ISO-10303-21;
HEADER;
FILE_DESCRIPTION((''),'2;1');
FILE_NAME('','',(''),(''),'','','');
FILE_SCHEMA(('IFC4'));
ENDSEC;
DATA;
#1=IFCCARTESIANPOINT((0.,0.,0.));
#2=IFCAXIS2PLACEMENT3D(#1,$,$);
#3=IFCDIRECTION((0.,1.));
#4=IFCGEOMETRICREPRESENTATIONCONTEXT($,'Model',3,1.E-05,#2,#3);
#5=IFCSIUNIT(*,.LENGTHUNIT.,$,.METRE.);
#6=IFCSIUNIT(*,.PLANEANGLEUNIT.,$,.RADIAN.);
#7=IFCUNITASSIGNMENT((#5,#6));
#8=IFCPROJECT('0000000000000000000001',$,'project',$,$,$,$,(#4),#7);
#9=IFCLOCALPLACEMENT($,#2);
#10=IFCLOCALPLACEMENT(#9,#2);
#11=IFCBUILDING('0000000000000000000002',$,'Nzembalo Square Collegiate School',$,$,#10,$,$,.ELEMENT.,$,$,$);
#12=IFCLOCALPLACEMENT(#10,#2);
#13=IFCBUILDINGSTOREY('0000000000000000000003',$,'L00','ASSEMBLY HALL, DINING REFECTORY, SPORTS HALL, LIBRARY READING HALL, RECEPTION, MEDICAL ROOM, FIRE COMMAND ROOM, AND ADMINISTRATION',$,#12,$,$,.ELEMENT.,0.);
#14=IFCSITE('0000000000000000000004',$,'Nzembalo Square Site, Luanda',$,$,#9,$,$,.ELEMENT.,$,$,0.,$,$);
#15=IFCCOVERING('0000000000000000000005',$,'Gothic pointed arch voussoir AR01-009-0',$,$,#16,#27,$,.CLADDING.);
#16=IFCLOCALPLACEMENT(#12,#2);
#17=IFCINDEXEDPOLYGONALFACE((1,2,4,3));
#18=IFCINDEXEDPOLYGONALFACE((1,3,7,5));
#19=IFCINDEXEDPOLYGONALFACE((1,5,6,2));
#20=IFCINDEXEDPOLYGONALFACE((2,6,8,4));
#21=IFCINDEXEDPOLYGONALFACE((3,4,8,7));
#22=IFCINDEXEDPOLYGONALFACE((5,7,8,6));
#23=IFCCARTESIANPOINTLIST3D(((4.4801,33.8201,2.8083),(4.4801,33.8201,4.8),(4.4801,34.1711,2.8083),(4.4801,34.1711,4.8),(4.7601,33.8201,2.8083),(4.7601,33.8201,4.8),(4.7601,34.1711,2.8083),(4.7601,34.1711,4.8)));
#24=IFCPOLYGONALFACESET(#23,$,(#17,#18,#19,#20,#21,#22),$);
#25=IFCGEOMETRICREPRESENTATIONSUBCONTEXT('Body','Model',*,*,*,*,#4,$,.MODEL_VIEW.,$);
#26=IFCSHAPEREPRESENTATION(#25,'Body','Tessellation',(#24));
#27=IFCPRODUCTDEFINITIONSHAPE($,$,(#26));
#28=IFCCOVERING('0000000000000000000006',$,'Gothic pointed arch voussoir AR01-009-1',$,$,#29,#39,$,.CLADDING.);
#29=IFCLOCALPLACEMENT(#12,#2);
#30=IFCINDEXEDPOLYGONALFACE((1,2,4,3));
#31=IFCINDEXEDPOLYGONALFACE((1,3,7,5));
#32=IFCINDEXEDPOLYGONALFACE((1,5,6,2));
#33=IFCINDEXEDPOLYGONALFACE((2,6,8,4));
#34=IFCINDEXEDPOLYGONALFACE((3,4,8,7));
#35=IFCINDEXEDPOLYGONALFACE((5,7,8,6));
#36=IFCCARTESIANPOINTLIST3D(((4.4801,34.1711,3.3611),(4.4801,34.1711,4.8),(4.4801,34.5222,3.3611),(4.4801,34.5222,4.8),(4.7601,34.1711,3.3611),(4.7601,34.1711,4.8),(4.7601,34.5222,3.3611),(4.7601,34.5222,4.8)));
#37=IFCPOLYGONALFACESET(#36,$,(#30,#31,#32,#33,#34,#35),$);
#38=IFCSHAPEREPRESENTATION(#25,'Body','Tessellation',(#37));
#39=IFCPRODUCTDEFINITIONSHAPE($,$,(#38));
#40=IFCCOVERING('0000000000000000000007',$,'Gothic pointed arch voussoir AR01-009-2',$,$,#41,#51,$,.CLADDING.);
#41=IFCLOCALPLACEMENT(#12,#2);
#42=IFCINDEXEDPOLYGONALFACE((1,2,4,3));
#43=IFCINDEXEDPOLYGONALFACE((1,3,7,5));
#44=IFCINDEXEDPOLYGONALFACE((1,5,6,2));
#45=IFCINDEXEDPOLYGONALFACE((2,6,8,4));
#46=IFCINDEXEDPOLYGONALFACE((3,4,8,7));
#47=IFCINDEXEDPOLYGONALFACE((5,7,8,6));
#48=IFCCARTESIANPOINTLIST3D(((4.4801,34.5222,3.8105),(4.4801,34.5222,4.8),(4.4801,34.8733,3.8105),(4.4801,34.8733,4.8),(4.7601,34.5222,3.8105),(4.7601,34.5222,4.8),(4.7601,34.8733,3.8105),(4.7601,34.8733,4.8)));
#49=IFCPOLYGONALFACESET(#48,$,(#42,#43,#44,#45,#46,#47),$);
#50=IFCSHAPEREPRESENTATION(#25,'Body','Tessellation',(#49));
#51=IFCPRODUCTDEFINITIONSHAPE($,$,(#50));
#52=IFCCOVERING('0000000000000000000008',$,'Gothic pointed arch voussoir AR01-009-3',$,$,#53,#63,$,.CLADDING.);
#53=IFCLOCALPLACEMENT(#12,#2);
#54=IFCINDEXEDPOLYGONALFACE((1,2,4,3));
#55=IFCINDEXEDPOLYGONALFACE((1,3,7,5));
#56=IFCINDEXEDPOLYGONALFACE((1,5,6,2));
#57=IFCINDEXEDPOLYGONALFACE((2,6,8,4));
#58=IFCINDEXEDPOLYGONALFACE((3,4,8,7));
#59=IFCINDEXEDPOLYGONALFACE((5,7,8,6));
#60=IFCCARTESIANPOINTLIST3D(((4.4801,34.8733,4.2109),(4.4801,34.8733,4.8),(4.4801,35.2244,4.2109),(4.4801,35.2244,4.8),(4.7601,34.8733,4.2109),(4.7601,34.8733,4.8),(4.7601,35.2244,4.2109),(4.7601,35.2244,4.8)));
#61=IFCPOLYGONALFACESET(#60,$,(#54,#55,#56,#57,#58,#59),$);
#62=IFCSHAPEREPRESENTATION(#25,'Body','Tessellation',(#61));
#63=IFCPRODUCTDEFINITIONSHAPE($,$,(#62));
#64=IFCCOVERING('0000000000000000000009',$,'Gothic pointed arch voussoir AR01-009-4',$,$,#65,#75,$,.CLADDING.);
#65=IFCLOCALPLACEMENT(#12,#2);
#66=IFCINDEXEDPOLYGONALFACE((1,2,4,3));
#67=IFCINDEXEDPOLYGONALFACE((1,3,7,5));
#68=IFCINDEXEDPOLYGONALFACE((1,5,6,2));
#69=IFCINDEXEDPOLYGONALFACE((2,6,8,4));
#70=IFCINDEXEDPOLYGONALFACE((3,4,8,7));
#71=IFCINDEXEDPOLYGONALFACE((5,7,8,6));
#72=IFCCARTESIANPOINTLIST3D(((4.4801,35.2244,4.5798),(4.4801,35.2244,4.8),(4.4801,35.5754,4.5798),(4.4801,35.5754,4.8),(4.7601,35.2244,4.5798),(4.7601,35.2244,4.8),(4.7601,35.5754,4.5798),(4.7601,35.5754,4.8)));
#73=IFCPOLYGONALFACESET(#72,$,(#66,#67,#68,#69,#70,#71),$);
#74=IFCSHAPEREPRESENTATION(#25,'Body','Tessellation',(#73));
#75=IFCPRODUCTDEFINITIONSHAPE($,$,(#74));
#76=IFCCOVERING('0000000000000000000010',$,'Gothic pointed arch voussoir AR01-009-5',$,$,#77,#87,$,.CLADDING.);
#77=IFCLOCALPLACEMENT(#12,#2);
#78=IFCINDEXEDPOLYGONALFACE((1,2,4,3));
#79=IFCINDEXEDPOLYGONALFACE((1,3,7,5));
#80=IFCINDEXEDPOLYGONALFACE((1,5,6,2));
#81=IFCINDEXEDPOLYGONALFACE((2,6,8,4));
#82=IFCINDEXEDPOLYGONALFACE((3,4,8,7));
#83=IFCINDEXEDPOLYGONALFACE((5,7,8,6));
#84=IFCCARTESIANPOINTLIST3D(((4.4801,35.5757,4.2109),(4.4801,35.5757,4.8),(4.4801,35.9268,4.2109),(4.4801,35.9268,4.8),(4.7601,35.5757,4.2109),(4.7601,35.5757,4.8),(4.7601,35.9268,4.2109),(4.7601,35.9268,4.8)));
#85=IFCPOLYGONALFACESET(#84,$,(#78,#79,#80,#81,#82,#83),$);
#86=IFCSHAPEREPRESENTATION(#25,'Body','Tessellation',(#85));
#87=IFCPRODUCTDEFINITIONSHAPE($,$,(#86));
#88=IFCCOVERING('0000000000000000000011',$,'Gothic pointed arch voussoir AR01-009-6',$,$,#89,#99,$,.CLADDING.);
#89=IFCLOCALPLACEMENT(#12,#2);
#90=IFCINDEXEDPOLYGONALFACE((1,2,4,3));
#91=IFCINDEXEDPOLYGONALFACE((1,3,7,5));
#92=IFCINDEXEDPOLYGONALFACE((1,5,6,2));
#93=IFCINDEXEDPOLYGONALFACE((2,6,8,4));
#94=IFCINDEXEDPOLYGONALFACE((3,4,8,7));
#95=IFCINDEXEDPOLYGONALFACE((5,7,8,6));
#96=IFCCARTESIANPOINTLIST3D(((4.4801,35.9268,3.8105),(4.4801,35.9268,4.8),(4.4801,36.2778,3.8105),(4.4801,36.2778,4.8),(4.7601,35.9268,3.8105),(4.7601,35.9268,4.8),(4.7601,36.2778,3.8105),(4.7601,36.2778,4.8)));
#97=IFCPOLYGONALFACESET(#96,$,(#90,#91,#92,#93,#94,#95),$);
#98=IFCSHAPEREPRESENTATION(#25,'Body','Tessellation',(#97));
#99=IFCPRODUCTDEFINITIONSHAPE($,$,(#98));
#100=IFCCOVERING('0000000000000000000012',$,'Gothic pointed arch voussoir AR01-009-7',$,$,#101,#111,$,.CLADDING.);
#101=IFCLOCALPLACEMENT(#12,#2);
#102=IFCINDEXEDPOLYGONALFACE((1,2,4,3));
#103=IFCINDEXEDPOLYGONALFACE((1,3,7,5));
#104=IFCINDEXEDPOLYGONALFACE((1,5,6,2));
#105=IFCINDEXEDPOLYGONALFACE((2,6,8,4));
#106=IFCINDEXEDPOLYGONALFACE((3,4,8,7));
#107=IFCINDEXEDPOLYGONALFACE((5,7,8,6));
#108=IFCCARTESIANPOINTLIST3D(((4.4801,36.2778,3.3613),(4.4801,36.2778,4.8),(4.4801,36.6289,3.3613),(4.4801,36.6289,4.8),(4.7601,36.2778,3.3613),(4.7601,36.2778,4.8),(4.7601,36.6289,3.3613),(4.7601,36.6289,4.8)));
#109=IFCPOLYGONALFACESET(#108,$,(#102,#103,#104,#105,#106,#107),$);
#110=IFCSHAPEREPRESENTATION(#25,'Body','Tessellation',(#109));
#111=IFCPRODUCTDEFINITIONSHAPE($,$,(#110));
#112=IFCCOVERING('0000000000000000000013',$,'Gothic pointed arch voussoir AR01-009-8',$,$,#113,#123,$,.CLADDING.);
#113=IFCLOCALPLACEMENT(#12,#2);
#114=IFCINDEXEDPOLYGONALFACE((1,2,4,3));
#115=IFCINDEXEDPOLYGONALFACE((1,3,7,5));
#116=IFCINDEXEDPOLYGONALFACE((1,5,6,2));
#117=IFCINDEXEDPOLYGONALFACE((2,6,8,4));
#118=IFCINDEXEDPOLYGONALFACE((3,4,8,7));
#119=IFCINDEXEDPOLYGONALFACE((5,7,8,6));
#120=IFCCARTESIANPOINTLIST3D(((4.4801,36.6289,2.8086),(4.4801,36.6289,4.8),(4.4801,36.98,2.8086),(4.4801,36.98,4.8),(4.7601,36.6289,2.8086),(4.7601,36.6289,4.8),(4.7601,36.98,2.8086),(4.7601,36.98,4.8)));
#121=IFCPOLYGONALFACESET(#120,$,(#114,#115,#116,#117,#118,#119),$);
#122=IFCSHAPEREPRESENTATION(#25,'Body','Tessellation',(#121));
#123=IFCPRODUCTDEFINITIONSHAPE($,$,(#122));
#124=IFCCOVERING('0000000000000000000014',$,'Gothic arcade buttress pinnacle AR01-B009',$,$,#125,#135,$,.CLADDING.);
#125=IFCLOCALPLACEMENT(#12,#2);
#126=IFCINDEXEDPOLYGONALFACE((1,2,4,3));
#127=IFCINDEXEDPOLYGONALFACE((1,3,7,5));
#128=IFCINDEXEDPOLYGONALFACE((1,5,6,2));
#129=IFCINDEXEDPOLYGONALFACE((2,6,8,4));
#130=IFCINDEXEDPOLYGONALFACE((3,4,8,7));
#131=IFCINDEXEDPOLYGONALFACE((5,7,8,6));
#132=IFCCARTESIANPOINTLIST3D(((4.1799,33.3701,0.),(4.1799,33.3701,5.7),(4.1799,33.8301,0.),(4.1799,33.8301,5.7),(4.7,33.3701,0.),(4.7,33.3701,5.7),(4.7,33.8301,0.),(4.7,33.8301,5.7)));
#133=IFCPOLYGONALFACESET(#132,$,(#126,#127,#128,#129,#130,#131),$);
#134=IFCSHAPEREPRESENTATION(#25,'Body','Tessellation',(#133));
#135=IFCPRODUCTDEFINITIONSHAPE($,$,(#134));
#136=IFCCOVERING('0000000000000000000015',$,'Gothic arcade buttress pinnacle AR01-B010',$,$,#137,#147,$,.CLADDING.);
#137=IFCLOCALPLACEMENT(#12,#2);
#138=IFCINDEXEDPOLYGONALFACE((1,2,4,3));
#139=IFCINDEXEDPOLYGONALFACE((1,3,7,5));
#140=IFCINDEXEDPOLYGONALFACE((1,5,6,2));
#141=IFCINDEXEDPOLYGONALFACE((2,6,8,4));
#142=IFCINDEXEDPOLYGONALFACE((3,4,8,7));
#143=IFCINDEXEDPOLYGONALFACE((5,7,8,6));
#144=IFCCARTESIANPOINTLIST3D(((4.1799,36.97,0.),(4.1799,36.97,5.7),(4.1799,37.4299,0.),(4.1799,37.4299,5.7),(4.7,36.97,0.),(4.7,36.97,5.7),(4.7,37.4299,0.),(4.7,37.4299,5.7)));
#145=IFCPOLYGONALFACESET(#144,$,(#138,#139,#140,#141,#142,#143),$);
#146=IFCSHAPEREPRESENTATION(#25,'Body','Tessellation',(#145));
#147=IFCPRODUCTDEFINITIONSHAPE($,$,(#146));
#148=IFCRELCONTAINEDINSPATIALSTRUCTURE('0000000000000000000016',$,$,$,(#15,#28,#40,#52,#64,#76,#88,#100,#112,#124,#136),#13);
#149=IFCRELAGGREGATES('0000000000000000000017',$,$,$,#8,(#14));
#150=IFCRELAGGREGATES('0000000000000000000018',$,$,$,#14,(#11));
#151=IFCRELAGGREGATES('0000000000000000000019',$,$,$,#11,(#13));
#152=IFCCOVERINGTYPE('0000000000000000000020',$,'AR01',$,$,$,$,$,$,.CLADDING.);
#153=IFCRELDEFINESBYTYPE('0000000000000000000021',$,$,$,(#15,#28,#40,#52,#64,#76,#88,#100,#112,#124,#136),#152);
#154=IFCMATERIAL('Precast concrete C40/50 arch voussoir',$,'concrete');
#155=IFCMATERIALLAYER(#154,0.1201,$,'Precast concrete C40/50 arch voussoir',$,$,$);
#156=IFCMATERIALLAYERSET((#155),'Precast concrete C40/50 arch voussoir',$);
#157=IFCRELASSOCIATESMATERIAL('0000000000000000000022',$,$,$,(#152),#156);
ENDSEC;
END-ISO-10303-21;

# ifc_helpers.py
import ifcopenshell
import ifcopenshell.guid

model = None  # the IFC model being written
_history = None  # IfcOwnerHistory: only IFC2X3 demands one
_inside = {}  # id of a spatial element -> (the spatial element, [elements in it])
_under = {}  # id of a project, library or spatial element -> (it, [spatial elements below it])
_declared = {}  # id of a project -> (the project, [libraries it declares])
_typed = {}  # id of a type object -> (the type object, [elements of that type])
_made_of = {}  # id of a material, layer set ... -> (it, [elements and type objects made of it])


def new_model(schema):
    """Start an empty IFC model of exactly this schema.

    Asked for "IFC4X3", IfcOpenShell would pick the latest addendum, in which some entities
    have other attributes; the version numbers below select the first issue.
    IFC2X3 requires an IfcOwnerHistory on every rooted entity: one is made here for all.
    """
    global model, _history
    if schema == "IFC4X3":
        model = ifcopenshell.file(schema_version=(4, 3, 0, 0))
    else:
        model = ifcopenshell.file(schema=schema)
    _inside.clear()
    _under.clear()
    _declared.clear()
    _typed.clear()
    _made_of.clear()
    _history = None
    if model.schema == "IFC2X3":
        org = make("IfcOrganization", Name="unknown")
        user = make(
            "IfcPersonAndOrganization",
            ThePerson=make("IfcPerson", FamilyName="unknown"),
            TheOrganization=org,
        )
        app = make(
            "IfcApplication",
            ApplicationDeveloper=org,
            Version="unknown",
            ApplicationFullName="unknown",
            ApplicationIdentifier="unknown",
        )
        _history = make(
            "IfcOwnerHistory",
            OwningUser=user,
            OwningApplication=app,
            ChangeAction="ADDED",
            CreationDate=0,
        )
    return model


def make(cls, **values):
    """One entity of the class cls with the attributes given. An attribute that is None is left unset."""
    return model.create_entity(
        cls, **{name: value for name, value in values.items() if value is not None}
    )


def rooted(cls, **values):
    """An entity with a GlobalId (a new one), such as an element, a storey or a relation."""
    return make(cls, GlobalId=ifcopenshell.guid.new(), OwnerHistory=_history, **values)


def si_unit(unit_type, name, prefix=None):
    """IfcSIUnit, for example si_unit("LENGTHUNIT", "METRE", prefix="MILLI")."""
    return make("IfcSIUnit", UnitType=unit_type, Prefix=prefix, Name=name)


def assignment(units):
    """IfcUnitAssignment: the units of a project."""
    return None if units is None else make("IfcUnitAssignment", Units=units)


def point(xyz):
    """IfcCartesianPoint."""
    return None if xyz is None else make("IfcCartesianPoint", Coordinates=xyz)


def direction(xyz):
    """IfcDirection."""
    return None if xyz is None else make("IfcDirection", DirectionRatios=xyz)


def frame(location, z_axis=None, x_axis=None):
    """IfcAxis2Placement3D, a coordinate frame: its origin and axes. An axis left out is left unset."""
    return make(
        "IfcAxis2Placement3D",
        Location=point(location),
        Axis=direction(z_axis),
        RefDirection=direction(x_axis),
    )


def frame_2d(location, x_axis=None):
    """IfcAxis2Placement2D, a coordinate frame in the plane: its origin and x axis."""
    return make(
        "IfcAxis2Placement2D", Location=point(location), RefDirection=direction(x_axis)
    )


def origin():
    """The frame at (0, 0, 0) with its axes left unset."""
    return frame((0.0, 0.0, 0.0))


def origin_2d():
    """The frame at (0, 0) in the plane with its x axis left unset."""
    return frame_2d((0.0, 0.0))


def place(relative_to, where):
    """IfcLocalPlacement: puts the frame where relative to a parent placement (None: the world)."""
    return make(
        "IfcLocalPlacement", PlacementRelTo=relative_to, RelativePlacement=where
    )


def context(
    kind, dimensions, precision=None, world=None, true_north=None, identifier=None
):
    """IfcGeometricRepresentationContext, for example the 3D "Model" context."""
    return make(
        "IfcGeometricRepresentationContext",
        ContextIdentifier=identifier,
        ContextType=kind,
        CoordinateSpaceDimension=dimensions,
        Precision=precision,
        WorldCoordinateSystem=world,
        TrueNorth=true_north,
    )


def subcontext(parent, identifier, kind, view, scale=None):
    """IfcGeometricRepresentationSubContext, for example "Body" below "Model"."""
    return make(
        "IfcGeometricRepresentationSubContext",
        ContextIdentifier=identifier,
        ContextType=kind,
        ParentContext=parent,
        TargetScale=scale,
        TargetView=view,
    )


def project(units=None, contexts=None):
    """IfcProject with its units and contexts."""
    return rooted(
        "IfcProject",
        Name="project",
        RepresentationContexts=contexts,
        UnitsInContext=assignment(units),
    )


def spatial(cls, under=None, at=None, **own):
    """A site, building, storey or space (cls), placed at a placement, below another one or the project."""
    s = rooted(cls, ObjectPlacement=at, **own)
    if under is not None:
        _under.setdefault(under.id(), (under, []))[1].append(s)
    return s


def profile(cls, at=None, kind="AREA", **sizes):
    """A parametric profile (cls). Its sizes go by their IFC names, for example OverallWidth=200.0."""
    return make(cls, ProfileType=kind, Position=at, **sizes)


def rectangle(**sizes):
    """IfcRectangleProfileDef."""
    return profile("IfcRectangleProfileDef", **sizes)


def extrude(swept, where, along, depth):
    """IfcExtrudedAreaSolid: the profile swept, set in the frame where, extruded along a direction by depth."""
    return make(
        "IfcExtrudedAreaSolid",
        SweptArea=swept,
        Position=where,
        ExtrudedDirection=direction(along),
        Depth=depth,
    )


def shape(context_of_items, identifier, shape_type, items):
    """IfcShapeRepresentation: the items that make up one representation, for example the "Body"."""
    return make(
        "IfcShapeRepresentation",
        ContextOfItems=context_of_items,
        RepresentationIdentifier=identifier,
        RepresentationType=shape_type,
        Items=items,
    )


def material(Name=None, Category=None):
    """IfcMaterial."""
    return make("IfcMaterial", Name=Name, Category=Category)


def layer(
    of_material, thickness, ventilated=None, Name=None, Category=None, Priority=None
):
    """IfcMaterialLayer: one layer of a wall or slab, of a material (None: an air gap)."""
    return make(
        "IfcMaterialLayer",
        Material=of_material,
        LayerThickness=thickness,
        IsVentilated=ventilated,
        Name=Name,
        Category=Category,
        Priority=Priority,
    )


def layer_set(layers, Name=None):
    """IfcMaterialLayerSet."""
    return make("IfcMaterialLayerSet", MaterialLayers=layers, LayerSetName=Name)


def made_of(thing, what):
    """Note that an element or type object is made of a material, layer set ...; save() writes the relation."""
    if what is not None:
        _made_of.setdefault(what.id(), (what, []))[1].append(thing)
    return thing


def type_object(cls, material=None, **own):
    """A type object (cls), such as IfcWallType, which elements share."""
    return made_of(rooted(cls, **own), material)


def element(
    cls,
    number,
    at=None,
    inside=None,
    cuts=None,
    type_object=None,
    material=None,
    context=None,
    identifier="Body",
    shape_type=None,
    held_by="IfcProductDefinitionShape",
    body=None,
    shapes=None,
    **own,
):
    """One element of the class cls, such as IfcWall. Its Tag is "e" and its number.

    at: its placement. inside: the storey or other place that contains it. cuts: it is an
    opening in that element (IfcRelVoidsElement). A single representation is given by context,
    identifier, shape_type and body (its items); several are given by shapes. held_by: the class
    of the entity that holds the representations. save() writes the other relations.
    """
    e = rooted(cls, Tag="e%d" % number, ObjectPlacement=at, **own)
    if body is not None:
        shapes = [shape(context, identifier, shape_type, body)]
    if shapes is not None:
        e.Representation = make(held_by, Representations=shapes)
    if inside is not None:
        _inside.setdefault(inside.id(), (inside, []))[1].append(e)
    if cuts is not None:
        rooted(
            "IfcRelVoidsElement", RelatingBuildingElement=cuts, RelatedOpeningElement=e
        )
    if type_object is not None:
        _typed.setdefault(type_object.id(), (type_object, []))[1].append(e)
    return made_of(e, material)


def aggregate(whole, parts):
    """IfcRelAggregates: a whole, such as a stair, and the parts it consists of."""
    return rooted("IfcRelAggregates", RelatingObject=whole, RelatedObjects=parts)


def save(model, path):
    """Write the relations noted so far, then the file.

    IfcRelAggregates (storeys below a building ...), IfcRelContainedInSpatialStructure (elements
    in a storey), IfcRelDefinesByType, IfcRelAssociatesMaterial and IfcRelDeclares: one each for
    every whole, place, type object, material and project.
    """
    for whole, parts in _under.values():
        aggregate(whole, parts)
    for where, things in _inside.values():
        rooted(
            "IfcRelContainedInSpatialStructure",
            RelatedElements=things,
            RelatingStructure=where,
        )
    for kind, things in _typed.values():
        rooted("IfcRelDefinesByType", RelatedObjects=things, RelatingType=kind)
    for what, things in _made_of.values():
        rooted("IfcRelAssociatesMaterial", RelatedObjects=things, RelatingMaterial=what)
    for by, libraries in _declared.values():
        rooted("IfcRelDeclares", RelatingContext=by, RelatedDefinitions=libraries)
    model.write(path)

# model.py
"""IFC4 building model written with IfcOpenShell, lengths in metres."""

from ifc_helpers import new_model, si_unit, direction, frame, origin, origin_2d, place, context, subcontext, project, spatial, rectangle, extrude, material, layer, layer_set, type_object, element, save


model = new_model("IFC4")

# Units and contexts
model_context = context("Model", 3, precision=1e-05, world=origin(), true_north=direction((0.0, 1.0)))
body_context = subcontext(model_context, "Body", "Model", "MODEL_VIEW")
ifc_project = project(units=[si_unit("LENGTHUNIT", "METRE"), si_unit("PLANEANGLEUNIT", "RADIAN")], contexts=[model_context])

# Site, building, storey
site_placement = place(None, origin())
site = spatial("IfcSite", under=ifc_project, at=site_placement, Name="Nzembalo Square Site, Luanda", CompositionType="ELEMENT", RefElevation=0.0)
building_placement = place(site_placement, origin())
building = spatial("IfcBuilding", under=site, at=building_placement, Name="Nzembalo Square Collegiate School", CompositionType="ELEMENT")
storey_placement = place(building_placement, origin())
storey = spatial("IfcBuildingStorey", under=building, at=storey_placement, Name="L00", Description="ASSEMBLY HALL, DINING REFECTORY, SPORTS HALL, LIBRARY READING HALL, RECEPTION, MEDICAL ROOM, FIRE COMMAND ROOM, AND ADMINISTRATION", CompositionType="ELEMENT", Elevation=0.0)

# Coverings
ifc_material_1 = material(Name="Precast concrete C40/50 arch voussoir", Category="concrete")
ifc_layer_1 = layer(ifc_material_1, 0.1201, Name="Precast concrete C40/50 arch voussoir")
ifc_layer_set_1 = layer_set([ifc_layer_1], Name="Precast concrete C40/50 arch voussoir")
covering_type = type_object("IfcCoveringType", Name="AR01", PredefinedType="CLADDING", material=ifc_layer_set_1)
covering_1_placement = place(storey_placement, frame((4.6201, 33.9956, 2.8083), z_axis=(0.0, 0.0, 1.0), x_axis=(1.0, 0.0, 0.0)))
element("IfcCovering", 1, at=covering_1_placement, inside=storey, type_object=covering_type, Name="Gothic pointed arch voussoir AR01-009-0", PredefinedType="CLADDING", context=body_context, shape_type="SweptSolid", body=[
    extrude(rectangle(XDim=0.28, YDim=0.3511, at=origin_2d()), origin(), (0.0, 0.0, 1.0), 1.9917),
])
covering_2_placement = place(storey_placement, frame((4.6201, 34.3467, 3.3611), z_axis=(0.0, 0.0, 1.0), x_axis=(1.0, 0.0, 0.0)))
element("IfcCovering", 2, at=covering_2_placement, inside=storey, type_object=covering_type, Name="Gothic pointed arch voussoir AR01-009-1", PredefinedType="CLADDING", context=body_context, shape_type="SweptSolid", body=[
    extrude(rectangle(XDim=0.28, YDim=0.3511, at=origin_2d()), origin(), (0.0, 0.0, 1.0), 1.439),
])
covering_3_placement = place(storey_placement, frame((4.6201, 34.6978, 3.8105), z_axis=(0.0, 0.0, 1.0), x_axis=(1.0, 0.0, 0.0)))
element("IfcCovering", 3, at=covering_3_placement, inside=storey, type_object=covering_type, Name="Gothic pointed arch voussoir AR01-009-2", PredefinedType="CLADDING", context=body_context, shape_type="SweptSolid", body=[
    extrude(rectangle(XDim=0.28, YDim=0.3511, at=origin_2d()), origin(), (0.0, 0.0, 1.0), 0.9895),
])
covering_4_placement = place(storey_placement, frame((4.6201, 35.0488, 4.2109), z_axis=(0.0, 0.0, 1.0), x_axis=(1.0, 0.0, 0.0)))
element("IfcCovering", 4, at=covering_4_placement, inside=storey, type_object=covering_type, Name="Gothic pointed arch voussoir AR01-009-3", PredefinedType="CLADDING", context=body_context, shape_type="SweptSolid", body=[
    extrude(rectangle(XDim=0.28, YDim=0.3511, at=origin_2d()), origin(), (0.0, 0.0, 1.0), 0.5891),
])
covering_5_placement = place(storey_placement, frame((4.6201, 35.3999, 4.5798), z_axis=(0.0, 0.0, 1.0), x_axis=(1.0, 0.0, 0.0)))
element("IfcCovering", 5, at=covering_5_placement, inside=storey, type_object=covering_type, Name="Gothic pointed arch voussoir AR01-009-4", PredefinedType="CLADDING", context=body_context, shape_type="SweptSolid", body=[
    extrude(rectangle(XDim=0.28, YDim=0.3511, at=origin_2d()), origin(), (0.0, 0.0, 1.0), 0.2202),
])
covering_6_placement = place(storey_placement, frame((4.6201, 35.7512, 4.2109), z_axis=(0.0, 0.0, 1.0), x_axis=(1.0, 0.0, 0.0)))
element("IfcCovering", 6, at=covering_6_placement, inside=storey, type_object=covering_type, Name="Gothic pointed arch voussoir AR01-009-5", PredefinedType="CLADDING", context=body_context, shape_type="SweptSolid", body=[
    extrude(rectangle(XDim=0.28, YDim=0.3511, at=origin_2d()), origin(), (0.0, 0.0, 1.0), 0.5891),
])
covering_7_placement = place(storey_placement, frame((4.6201, 36.1023, 3.8105), z_axis=(0.0, 0.0, 1.0), x_axis=(1.0, 0.0, 0.0)))
element("IfcCovering", 7, at=covering_7_placement, inside=storey, type_object=covering_type, Name="Gothic pointed arch voussoir AR01-009-6", PredefinedType="CLADDING", context=body_context, shape_type="SweptSolid", body=[
    extrude(rectangle(XDim=0.28, YDim=0.3511, at=origin_2d()), origin(), (0.0, 0.0, 1.0), 0.9895),
])
covering_8_placement = place(storey_placement, frame((4.6201, 36.4534, 3.3613), z_axis=(0.0, 0.0, 1.0), x_axis=(1.0, 0.0, 0.0)))
element("IfcCovering", 8, at=covering_8_placement, inside=storey, type_object=covering_type, Name="Gothic pointed arch voussoir AR01-009-7", PredefinedType="CLADDING", context=body_context, shape_type="SweptSolid", body=[
    extrude(rectangle(XDim=0.28, YDim=0.3511, at=origin_2d()), origin(), (0.0, 0.0, 1.0), 1.4387),
])
covering_9_placement = place(storey_placement, frame((4.6201, 36.8044, 2.8086), z_axis=(0.0, 0.0, 1.0), x_axis=(1.0, 0.0, 0.0)))
element("IfcCovering", 9, at=covering_9_placement, inside=storey, type_object=covering_type, Name="Gothic pointed arch voussoir AR01-009-8", PredefinedType="CLADDING", context=body_context, shape_type="SweptSolid", body=[
    extrude(rectangle(XDim=0.28, YDim=0.3511, at=origin_2d()), origin(), (0.0, 0.0, 1.0), 1.9915),
])
for number, where, z_axis, x_axis, name in (
    (10, (4.4399, 33.6001, 0.0), (0.0, 0.0, 1.0), (1.0, 0.0, 0.0), "Gothic arcade buttress pinnacle AR01-B009"),
    (11, (4.4399, 37.2, 0.0), (0.0, 0.0, 1.0), (1.0, 0.0, 0.0), "Gothic arcade buttress pinnacle AR01-B010"),
):
    element("IfcCovering", number, at=place(storey_placement, frame(where, z_axis=z_axis, x_axis=x_axis)), inside=storey, type_object=covering_type, Name=name, PredefinedType="CLADDING", context=body_context, shape_type="SweptSolid", body=[
        extrude(rectangle(XDim=0.52, YDim=0.46, at=origin_2d()), origin(), (0.0, 0.0, 1.0), 5.7),
    ])

save(model, "model.ifc")
